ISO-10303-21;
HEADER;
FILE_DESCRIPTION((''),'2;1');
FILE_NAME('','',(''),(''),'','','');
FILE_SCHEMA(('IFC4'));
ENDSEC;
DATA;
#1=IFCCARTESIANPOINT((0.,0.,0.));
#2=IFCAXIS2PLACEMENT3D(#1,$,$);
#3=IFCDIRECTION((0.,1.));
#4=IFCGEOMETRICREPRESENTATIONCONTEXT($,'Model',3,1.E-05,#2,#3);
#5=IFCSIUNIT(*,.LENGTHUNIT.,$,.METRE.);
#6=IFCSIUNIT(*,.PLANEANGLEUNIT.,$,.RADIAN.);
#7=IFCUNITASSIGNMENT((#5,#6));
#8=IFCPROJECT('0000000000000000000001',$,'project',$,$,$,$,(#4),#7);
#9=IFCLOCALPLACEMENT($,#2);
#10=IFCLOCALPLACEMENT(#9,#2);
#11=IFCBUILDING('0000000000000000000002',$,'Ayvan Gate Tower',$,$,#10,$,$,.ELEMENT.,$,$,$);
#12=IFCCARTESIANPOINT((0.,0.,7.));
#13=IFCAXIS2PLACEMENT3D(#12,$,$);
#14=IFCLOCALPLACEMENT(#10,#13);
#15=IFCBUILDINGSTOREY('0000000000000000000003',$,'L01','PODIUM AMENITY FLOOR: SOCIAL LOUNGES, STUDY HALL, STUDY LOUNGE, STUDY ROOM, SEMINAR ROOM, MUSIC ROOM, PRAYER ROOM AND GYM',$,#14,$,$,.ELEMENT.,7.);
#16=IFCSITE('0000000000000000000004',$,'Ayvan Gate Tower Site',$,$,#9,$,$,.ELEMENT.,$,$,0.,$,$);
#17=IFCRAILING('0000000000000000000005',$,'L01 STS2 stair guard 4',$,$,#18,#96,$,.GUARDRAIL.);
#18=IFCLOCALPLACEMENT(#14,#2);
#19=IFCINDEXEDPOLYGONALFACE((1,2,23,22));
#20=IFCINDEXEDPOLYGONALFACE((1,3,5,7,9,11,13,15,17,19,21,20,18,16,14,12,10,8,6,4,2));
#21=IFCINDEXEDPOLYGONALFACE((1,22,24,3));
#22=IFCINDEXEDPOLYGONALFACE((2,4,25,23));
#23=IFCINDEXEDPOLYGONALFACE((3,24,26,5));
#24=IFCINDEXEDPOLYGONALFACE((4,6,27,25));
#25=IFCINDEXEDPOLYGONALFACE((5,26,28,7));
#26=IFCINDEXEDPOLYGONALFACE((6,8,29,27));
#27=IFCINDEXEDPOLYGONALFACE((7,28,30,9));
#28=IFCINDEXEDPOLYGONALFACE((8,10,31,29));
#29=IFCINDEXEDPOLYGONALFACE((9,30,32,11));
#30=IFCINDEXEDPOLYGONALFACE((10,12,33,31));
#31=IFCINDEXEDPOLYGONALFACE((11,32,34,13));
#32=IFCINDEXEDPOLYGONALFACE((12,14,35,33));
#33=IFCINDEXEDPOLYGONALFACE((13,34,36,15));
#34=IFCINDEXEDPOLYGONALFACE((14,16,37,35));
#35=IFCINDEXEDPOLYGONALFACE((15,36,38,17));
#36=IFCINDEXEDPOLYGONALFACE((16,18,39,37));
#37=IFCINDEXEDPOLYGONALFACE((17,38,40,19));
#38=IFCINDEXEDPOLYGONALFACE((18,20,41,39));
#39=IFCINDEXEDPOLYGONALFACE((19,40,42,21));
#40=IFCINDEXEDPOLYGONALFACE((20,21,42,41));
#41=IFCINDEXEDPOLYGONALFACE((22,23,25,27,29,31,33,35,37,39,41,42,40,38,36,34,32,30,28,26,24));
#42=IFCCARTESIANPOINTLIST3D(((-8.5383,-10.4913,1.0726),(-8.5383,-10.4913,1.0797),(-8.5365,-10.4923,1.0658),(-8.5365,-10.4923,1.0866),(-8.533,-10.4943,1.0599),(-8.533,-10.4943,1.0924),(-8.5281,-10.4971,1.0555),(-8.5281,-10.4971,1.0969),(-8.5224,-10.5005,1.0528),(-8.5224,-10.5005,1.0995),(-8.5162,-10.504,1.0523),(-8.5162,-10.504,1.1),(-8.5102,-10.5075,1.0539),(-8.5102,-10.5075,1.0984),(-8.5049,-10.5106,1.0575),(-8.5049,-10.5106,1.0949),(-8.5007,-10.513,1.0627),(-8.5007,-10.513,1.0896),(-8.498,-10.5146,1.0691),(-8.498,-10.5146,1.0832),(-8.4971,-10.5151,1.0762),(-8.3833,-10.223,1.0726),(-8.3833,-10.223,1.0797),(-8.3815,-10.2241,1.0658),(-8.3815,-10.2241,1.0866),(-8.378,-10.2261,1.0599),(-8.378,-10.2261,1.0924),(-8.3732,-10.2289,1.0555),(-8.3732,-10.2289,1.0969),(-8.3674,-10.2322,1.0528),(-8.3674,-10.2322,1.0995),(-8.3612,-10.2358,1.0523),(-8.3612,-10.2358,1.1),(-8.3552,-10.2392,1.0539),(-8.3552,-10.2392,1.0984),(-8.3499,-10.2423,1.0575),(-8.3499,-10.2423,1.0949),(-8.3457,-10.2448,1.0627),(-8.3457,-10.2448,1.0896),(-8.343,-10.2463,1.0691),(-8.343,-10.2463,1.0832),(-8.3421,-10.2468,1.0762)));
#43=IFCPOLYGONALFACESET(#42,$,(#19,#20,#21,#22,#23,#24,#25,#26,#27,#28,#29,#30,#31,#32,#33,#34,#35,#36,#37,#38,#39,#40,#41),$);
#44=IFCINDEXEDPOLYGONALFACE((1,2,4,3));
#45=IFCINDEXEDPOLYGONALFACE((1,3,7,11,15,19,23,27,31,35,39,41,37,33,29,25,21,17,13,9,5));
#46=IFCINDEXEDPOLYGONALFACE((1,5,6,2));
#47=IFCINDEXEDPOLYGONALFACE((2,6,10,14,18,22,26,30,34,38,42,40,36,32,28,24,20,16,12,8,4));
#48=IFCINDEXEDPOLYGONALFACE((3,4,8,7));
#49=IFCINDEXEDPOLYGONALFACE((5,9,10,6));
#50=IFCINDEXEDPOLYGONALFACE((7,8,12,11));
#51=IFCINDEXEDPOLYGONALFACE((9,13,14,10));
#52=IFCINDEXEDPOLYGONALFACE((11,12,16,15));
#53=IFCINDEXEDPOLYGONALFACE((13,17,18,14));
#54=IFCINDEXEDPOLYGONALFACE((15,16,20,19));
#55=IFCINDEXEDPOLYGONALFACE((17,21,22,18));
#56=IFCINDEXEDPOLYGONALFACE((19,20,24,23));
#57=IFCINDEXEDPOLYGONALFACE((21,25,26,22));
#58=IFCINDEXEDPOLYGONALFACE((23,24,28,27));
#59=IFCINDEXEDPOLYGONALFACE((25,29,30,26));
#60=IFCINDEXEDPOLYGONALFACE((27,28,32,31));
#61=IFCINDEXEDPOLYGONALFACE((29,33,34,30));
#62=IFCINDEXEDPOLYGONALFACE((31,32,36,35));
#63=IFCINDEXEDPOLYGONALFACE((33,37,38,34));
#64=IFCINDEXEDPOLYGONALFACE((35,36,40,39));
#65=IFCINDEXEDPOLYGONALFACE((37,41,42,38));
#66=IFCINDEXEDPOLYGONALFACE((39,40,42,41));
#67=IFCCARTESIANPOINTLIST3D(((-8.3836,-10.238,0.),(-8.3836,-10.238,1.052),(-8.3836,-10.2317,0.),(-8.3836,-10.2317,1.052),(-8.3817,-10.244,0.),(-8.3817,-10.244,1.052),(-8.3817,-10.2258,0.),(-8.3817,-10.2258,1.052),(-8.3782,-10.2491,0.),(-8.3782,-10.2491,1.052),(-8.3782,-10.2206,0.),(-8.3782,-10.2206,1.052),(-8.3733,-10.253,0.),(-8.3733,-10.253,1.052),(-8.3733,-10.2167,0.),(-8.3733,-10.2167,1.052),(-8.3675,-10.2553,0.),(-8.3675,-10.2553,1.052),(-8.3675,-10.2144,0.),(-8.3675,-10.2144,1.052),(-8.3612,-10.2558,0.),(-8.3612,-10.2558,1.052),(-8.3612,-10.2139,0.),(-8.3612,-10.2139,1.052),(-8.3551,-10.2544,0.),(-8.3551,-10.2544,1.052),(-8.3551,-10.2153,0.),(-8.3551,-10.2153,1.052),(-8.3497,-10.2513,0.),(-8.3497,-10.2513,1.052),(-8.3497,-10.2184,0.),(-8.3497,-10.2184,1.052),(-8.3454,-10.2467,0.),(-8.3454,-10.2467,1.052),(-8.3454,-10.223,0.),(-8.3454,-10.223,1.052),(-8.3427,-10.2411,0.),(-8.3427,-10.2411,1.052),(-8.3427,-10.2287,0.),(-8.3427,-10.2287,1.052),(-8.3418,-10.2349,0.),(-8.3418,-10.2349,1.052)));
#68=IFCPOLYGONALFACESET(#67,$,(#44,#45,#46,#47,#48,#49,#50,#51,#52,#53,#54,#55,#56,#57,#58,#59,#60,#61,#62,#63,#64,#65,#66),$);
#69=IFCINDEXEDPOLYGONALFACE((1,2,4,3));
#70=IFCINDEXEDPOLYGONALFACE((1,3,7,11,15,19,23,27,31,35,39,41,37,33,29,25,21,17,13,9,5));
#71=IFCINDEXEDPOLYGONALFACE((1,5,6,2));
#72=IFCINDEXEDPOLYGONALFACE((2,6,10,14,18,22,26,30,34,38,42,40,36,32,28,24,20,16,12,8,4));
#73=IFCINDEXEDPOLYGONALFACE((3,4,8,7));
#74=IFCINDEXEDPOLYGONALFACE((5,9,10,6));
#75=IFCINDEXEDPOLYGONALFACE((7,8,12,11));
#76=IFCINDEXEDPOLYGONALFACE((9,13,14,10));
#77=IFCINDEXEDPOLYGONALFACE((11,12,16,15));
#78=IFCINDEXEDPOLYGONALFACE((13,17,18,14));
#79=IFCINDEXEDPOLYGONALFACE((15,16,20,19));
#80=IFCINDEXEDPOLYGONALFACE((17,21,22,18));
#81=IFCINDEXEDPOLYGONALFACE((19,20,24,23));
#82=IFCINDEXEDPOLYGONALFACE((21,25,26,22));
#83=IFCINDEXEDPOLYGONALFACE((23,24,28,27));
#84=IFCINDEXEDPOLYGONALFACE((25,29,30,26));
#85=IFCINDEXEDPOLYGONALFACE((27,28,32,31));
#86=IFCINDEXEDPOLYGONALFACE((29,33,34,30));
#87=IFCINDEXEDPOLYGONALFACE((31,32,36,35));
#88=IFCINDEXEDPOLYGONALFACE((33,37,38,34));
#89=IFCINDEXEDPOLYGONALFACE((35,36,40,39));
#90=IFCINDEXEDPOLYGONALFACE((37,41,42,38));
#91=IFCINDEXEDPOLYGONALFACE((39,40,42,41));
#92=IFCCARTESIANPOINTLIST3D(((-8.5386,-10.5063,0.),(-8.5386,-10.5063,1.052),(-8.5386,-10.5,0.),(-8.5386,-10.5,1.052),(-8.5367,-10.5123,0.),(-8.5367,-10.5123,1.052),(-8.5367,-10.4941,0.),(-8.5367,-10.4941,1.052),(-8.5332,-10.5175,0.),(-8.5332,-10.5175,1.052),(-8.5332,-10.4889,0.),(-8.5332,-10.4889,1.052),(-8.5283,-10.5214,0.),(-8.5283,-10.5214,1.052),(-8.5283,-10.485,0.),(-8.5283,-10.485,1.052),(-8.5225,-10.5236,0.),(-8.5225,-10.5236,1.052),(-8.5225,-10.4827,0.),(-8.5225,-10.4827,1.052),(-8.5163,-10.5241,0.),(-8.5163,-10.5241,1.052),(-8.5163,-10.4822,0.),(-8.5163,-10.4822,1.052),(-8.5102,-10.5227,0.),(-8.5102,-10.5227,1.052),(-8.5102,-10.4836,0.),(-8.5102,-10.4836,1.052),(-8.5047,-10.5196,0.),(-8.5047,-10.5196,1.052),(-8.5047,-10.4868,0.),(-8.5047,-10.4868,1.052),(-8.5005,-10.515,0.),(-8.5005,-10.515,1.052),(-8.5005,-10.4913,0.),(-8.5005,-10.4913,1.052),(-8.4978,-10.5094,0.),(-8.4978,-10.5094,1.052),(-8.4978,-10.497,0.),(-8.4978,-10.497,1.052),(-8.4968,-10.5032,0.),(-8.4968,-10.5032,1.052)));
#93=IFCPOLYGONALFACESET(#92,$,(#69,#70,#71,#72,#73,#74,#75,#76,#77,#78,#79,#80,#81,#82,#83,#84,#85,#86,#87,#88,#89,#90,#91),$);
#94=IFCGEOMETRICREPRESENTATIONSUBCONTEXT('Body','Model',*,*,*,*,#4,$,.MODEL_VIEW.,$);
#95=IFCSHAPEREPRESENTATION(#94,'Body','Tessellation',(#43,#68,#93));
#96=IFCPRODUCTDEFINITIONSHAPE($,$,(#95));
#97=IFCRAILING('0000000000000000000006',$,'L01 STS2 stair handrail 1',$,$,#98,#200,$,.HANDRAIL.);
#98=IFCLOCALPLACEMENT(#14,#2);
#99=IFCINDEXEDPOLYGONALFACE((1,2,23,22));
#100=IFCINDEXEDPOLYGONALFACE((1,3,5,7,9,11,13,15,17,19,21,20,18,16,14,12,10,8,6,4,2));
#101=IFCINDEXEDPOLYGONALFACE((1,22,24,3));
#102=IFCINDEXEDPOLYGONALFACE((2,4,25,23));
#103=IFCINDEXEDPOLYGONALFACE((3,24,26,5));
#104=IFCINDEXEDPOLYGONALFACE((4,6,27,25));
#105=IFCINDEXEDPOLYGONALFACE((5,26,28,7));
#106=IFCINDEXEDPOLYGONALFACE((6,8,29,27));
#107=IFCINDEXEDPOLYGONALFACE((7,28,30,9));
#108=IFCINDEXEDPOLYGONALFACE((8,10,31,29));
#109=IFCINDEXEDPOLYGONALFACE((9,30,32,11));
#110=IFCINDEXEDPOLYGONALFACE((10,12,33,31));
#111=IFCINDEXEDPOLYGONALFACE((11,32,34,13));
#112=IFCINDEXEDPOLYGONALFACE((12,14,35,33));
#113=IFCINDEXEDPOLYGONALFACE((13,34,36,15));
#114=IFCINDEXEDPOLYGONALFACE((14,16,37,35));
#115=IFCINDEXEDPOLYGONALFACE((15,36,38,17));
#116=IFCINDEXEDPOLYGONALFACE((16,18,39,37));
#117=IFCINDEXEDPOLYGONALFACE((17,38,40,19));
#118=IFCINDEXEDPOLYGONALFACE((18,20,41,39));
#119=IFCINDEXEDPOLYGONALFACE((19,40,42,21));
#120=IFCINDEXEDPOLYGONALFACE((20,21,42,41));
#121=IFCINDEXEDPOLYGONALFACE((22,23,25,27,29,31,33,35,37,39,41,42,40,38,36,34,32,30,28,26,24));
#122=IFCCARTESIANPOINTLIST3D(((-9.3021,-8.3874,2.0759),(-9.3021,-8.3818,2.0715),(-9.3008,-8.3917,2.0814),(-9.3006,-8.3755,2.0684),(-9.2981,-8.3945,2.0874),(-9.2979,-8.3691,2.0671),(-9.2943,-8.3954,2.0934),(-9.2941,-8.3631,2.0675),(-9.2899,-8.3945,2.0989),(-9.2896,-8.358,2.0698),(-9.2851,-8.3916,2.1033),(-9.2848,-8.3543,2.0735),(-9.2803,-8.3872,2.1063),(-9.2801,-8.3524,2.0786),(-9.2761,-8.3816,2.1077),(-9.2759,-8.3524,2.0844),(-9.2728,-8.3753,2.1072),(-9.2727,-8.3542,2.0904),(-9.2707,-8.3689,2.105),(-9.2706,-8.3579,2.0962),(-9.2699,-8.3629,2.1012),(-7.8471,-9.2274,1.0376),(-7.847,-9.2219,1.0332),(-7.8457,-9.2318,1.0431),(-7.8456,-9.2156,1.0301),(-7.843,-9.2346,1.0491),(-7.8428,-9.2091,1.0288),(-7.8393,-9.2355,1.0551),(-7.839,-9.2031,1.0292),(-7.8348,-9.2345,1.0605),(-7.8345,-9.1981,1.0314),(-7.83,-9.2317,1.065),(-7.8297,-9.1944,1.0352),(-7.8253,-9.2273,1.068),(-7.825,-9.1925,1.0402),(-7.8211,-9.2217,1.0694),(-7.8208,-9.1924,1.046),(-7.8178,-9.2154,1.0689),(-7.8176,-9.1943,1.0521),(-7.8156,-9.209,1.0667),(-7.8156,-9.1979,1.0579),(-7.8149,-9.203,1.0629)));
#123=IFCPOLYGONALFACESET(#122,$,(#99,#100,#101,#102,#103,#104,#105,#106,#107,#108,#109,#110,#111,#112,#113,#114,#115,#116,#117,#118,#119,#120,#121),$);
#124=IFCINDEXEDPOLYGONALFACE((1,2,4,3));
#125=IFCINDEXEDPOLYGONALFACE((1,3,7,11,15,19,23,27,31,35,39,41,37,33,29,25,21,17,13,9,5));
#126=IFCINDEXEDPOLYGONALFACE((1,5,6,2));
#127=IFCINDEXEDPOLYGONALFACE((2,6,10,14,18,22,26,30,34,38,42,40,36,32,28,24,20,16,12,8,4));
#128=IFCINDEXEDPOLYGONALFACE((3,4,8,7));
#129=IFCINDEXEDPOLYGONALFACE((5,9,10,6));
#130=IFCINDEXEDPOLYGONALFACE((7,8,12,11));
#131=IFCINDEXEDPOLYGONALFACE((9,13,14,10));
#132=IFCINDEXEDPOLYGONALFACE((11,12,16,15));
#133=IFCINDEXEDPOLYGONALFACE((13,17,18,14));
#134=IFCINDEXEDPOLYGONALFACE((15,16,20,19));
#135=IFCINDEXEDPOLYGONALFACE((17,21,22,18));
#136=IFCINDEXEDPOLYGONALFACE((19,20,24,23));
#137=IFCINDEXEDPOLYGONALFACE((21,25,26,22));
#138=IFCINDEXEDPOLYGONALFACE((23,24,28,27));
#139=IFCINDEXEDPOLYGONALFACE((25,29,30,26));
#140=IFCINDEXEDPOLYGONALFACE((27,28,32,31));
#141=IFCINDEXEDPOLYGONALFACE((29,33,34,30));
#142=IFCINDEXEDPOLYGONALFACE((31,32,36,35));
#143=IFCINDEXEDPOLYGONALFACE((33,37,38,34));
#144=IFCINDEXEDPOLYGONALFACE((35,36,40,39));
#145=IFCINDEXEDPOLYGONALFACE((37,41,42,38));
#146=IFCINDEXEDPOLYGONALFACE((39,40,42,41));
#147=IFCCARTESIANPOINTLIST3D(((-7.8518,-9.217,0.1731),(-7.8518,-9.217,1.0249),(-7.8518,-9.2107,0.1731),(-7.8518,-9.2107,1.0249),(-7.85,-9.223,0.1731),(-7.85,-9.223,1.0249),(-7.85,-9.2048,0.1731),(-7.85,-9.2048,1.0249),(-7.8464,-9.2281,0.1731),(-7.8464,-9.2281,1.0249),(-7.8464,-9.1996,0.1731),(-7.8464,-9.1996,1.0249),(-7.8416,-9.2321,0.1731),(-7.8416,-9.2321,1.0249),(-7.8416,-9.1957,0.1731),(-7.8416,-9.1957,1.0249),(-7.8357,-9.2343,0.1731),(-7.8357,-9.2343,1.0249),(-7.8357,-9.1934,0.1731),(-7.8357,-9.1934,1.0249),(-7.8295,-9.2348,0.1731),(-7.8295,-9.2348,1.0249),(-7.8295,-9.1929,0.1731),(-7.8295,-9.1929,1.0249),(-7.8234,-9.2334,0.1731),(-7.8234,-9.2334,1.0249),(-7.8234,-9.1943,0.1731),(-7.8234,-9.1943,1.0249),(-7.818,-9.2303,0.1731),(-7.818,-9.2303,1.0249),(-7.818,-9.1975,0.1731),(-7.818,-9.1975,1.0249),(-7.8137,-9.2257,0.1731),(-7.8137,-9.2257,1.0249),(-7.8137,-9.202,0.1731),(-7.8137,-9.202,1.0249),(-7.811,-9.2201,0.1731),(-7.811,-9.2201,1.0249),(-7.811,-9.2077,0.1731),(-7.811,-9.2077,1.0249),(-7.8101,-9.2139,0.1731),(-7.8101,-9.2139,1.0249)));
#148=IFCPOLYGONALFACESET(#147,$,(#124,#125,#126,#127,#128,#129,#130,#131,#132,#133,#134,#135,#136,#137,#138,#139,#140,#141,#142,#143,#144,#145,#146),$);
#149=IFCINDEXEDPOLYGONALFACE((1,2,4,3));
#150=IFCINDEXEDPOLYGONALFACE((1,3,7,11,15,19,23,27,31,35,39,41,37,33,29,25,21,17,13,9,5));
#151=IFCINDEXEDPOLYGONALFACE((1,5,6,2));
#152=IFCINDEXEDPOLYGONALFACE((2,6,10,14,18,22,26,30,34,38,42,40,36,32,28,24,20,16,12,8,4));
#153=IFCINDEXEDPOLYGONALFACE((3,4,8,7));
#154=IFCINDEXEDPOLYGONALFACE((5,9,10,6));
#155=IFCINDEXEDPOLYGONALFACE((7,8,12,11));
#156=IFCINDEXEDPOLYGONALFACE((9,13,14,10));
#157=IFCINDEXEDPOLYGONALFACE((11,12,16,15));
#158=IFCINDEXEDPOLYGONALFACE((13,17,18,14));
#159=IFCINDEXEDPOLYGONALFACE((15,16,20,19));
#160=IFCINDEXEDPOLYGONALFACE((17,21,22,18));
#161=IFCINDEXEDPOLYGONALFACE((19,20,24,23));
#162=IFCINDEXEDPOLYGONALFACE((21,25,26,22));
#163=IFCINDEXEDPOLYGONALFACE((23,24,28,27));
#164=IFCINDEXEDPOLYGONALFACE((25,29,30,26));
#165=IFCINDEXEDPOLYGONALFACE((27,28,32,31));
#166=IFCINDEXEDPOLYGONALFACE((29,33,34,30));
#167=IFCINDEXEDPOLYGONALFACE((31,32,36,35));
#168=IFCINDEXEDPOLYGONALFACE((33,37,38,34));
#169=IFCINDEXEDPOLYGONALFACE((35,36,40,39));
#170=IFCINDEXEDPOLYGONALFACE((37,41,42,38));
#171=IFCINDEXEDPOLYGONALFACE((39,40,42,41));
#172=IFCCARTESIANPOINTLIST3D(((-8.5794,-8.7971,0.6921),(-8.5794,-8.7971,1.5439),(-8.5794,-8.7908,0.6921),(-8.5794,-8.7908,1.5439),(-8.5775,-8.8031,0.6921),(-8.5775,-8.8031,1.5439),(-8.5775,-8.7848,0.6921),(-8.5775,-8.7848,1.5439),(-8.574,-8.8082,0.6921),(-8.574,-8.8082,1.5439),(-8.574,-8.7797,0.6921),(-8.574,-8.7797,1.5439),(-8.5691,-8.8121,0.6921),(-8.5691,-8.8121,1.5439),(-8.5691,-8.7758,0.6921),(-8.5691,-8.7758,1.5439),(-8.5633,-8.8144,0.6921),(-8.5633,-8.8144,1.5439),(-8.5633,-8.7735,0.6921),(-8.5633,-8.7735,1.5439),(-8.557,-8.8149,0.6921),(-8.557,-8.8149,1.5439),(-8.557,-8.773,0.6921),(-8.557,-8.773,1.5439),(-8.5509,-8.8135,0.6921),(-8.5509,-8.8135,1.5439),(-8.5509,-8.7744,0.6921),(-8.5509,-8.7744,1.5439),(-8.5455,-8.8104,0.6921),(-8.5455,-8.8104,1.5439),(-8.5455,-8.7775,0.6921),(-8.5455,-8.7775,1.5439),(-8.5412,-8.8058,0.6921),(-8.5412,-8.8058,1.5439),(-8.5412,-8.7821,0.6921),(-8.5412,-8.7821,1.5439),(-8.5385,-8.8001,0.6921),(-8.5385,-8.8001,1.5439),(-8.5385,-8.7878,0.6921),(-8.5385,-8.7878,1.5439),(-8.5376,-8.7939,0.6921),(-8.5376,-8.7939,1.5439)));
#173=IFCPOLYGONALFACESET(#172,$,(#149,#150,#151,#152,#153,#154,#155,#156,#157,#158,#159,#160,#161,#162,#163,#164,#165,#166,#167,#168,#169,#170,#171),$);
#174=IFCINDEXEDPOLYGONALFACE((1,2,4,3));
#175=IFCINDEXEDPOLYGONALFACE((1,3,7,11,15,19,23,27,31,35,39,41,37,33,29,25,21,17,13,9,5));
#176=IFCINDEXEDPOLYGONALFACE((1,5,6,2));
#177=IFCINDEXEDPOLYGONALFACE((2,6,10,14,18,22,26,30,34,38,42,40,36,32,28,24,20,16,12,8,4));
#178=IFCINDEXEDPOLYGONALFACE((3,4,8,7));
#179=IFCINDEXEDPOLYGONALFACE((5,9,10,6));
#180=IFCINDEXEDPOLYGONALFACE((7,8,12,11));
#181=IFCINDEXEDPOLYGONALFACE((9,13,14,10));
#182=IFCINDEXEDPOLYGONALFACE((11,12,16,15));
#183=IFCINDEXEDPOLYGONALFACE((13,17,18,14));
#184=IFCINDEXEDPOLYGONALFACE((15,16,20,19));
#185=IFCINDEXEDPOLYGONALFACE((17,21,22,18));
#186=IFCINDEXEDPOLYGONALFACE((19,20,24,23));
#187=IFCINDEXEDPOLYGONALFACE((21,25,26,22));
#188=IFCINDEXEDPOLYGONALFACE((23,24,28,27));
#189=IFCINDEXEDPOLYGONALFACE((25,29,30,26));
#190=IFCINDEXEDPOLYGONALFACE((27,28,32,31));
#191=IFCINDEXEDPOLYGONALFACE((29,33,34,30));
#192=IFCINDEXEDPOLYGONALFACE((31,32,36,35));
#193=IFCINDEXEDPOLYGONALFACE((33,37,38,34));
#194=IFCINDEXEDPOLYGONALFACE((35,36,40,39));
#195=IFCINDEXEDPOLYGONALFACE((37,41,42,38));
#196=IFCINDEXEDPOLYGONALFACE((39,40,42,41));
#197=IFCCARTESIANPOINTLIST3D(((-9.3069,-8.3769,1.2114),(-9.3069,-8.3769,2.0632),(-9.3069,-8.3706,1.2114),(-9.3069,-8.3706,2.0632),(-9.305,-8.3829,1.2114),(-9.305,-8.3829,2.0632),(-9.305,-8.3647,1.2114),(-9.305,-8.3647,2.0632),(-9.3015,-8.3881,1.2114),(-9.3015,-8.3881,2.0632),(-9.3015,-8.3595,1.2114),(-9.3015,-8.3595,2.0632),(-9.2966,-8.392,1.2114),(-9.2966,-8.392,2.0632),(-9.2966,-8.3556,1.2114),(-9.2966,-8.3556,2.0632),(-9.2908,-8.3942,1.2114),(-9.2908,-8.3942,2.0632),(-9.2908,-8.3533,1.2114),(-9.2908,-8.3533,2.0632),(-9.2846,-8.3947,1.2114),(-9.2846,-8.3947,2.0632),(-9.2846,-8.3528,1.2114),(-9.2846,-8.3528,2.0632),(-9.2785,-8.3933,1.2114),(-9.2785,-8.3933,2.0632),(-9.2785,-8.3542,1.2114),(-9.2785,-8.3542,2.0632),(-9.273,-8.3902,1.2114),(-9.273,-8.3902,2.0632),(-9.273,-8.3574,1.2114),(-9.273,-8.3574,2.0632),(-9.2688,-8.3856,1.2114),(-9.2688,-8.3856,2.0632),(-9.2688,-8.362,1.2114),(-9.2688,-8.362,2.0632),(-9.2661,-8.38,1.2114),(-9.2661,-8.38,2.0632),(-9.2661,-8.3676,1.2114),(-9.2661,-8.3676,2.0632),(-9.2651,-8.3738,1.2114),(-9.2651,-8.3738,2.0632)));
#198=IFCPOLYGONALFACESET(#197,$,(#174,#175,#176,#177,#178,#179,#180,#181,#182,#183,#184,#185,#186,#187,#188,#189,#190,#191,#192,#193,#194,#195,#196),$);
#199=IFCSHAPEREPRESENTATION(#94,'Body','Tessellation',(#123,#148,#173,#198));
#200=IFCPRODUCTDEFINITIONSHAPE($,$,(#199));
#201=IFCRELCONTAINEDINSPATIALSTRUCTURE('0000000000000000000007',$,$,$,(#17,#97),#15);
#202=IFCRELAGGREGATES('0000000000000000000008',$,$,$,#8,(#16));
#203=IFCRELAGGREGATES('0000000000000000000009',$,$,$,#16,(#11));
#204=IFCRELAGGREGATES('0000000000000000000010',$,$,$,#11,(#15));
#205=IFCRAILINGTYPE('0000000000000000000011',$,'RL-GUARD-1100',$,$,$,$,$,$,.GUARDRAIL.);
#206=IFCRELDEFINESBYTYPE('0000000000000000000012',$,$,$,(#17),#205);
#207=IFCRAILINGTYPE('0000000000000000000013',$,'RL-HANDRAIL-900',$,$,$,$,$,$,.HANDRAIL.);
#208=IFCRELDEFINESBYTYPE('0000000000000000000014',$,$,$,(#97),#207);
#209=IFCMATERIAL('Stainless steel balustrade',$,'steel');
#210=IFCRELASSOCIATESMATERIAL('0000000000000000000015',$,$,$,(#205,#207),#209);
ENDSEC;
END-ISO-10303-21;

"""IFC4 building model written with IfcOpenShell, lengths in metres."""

from ifc_helpers import new_model, si_unit, direction, frame, origin, origin_2d, place, context, subcontext, project, spatial, circle, extrude, material, type_object, element, save


model = new_model("IFC4")

# Units and contexts
model_context = context("Model", 3, precision=1e-05, world=origin(), true_north=direction((0.0, 1.0)))
body_context = subcontext(model_context, "Body", "Model", "MODEL_VIEW")
ifc_project = project(units=[si_unit("LENGTHUNIT", "METRE"), si_unit("PLANEANGLEUNIT", "RADIAN")], contexts=[model_context])

# Site, building, storey
site_placement = place(None, origin())
site = spatial("IfcSite", under=ifc_project, at=site_placement, Name="Ayvan Gate Tower Site", CompositionType="ELEMENT", RefElevation=0.0)
building_placement = place(site_placement, origin())
building = spatial("IfcBuilding", under=site, at=building_placement, Name="Ayvan Gate Tower", CompositionType="ELEMENT")
storey_placement = place(building_placement, frame((0.0, 0.0, 7.0)))
storey = spatial("IfcBuildingStorey", under=building, at=storey_placement, Name="L01", Description="PODIUM AMENITY FLOOR: SOCIAL LOUNGES, STUDY HALL, STUDY LOUNGE, STUDY ROOM, SEMINAR ROOM, MUSIC ROOM, PRAYER ROOM AND GYM", CompositionType="ELEMENT", Elevation=7.0)

# Railings
ifc_material_1 = material(Name="Stainless steel balustrade", Category="steel")
railing_type_1 = type_object("IfcRailingType", Name="RL-GUARD-1100", PredefinedType="GUARDRAIL", material=ifc_material_1)
railing_1_placement = place(storey_placement, frame((-8.3628, -10.2349, 0.0)))
element("IfcRailing", 1, at=railing_1_placement, inside=storey, type_object=railing_type_1, Name="L01 STS2 stair guard 4", PredefinedType="GUARDRAIL", context=body_context, shape_type="SweptSolid", body=[
    extrude(circle(Radius=0.0239, at=origin_2d()), frame((0.0, 0.0, 1.0762), z_axis=(-0.500291, -0.865857, 0.0), x_axis=(0.865857, -0.500291, 0.0)), (0.0, 0.0, 1.0), 0.3098),
    extrude(circle(Radius=0.021, at=origin_2d()), origin(), (0.0, 0.0, 1.0), 1.052),
    extrude(circle(Radius=0.021, at=origin_2d()), frame((-0.155, -0.2683, 0.0)), (0.0, 0.0, 1.0), 1.052),
])
railing_type_2 = type_object("IfcRailingType", Name="RL-HANDRAIL-900", PredefinedType="HANDRAIL", material=ifc_material_1)
railing_2_placement = place(storey_placement, frame((-7.8311, -9.2139, 0.1731)))
element("IfcRailing", 2, at=railing_2_placement, inside=storey, type_object=railing_type_2, Name="L01 STS2 stair handrail 1", PredefinedType="HANDRAIL", context=body_context, shape_type="SweptSolid", body=[
    extrude(circle(Radius=0.0239, at=origin_2d()), frame((0.0, 0.0, 0.876), z_axis=(-0.736701, 0.425333, 0.525703), x_axis=(-0.499999, -0.866026, 0.0)), (0.0, 0.0, 1.0), 1.9751),
    extrude(circle(Radius=0.021, at=origin_2d()), origin(), (0.0, 0.0, 1.0), 0.8518),
    extrude(circle(Radius=0.021, at=origin_2d()), frame((-0.7275, 0.4199, 0.519)), (0.0, 0.0, 1.0), 0.8518),
    extrude(circle(Radius=0.021, at=origin_2d()), frame((-1.4551, 0.8401, 1.0383)), (0.0, 0.0, 1.0), 0.8518),
])

save(model, "model.ifc")
